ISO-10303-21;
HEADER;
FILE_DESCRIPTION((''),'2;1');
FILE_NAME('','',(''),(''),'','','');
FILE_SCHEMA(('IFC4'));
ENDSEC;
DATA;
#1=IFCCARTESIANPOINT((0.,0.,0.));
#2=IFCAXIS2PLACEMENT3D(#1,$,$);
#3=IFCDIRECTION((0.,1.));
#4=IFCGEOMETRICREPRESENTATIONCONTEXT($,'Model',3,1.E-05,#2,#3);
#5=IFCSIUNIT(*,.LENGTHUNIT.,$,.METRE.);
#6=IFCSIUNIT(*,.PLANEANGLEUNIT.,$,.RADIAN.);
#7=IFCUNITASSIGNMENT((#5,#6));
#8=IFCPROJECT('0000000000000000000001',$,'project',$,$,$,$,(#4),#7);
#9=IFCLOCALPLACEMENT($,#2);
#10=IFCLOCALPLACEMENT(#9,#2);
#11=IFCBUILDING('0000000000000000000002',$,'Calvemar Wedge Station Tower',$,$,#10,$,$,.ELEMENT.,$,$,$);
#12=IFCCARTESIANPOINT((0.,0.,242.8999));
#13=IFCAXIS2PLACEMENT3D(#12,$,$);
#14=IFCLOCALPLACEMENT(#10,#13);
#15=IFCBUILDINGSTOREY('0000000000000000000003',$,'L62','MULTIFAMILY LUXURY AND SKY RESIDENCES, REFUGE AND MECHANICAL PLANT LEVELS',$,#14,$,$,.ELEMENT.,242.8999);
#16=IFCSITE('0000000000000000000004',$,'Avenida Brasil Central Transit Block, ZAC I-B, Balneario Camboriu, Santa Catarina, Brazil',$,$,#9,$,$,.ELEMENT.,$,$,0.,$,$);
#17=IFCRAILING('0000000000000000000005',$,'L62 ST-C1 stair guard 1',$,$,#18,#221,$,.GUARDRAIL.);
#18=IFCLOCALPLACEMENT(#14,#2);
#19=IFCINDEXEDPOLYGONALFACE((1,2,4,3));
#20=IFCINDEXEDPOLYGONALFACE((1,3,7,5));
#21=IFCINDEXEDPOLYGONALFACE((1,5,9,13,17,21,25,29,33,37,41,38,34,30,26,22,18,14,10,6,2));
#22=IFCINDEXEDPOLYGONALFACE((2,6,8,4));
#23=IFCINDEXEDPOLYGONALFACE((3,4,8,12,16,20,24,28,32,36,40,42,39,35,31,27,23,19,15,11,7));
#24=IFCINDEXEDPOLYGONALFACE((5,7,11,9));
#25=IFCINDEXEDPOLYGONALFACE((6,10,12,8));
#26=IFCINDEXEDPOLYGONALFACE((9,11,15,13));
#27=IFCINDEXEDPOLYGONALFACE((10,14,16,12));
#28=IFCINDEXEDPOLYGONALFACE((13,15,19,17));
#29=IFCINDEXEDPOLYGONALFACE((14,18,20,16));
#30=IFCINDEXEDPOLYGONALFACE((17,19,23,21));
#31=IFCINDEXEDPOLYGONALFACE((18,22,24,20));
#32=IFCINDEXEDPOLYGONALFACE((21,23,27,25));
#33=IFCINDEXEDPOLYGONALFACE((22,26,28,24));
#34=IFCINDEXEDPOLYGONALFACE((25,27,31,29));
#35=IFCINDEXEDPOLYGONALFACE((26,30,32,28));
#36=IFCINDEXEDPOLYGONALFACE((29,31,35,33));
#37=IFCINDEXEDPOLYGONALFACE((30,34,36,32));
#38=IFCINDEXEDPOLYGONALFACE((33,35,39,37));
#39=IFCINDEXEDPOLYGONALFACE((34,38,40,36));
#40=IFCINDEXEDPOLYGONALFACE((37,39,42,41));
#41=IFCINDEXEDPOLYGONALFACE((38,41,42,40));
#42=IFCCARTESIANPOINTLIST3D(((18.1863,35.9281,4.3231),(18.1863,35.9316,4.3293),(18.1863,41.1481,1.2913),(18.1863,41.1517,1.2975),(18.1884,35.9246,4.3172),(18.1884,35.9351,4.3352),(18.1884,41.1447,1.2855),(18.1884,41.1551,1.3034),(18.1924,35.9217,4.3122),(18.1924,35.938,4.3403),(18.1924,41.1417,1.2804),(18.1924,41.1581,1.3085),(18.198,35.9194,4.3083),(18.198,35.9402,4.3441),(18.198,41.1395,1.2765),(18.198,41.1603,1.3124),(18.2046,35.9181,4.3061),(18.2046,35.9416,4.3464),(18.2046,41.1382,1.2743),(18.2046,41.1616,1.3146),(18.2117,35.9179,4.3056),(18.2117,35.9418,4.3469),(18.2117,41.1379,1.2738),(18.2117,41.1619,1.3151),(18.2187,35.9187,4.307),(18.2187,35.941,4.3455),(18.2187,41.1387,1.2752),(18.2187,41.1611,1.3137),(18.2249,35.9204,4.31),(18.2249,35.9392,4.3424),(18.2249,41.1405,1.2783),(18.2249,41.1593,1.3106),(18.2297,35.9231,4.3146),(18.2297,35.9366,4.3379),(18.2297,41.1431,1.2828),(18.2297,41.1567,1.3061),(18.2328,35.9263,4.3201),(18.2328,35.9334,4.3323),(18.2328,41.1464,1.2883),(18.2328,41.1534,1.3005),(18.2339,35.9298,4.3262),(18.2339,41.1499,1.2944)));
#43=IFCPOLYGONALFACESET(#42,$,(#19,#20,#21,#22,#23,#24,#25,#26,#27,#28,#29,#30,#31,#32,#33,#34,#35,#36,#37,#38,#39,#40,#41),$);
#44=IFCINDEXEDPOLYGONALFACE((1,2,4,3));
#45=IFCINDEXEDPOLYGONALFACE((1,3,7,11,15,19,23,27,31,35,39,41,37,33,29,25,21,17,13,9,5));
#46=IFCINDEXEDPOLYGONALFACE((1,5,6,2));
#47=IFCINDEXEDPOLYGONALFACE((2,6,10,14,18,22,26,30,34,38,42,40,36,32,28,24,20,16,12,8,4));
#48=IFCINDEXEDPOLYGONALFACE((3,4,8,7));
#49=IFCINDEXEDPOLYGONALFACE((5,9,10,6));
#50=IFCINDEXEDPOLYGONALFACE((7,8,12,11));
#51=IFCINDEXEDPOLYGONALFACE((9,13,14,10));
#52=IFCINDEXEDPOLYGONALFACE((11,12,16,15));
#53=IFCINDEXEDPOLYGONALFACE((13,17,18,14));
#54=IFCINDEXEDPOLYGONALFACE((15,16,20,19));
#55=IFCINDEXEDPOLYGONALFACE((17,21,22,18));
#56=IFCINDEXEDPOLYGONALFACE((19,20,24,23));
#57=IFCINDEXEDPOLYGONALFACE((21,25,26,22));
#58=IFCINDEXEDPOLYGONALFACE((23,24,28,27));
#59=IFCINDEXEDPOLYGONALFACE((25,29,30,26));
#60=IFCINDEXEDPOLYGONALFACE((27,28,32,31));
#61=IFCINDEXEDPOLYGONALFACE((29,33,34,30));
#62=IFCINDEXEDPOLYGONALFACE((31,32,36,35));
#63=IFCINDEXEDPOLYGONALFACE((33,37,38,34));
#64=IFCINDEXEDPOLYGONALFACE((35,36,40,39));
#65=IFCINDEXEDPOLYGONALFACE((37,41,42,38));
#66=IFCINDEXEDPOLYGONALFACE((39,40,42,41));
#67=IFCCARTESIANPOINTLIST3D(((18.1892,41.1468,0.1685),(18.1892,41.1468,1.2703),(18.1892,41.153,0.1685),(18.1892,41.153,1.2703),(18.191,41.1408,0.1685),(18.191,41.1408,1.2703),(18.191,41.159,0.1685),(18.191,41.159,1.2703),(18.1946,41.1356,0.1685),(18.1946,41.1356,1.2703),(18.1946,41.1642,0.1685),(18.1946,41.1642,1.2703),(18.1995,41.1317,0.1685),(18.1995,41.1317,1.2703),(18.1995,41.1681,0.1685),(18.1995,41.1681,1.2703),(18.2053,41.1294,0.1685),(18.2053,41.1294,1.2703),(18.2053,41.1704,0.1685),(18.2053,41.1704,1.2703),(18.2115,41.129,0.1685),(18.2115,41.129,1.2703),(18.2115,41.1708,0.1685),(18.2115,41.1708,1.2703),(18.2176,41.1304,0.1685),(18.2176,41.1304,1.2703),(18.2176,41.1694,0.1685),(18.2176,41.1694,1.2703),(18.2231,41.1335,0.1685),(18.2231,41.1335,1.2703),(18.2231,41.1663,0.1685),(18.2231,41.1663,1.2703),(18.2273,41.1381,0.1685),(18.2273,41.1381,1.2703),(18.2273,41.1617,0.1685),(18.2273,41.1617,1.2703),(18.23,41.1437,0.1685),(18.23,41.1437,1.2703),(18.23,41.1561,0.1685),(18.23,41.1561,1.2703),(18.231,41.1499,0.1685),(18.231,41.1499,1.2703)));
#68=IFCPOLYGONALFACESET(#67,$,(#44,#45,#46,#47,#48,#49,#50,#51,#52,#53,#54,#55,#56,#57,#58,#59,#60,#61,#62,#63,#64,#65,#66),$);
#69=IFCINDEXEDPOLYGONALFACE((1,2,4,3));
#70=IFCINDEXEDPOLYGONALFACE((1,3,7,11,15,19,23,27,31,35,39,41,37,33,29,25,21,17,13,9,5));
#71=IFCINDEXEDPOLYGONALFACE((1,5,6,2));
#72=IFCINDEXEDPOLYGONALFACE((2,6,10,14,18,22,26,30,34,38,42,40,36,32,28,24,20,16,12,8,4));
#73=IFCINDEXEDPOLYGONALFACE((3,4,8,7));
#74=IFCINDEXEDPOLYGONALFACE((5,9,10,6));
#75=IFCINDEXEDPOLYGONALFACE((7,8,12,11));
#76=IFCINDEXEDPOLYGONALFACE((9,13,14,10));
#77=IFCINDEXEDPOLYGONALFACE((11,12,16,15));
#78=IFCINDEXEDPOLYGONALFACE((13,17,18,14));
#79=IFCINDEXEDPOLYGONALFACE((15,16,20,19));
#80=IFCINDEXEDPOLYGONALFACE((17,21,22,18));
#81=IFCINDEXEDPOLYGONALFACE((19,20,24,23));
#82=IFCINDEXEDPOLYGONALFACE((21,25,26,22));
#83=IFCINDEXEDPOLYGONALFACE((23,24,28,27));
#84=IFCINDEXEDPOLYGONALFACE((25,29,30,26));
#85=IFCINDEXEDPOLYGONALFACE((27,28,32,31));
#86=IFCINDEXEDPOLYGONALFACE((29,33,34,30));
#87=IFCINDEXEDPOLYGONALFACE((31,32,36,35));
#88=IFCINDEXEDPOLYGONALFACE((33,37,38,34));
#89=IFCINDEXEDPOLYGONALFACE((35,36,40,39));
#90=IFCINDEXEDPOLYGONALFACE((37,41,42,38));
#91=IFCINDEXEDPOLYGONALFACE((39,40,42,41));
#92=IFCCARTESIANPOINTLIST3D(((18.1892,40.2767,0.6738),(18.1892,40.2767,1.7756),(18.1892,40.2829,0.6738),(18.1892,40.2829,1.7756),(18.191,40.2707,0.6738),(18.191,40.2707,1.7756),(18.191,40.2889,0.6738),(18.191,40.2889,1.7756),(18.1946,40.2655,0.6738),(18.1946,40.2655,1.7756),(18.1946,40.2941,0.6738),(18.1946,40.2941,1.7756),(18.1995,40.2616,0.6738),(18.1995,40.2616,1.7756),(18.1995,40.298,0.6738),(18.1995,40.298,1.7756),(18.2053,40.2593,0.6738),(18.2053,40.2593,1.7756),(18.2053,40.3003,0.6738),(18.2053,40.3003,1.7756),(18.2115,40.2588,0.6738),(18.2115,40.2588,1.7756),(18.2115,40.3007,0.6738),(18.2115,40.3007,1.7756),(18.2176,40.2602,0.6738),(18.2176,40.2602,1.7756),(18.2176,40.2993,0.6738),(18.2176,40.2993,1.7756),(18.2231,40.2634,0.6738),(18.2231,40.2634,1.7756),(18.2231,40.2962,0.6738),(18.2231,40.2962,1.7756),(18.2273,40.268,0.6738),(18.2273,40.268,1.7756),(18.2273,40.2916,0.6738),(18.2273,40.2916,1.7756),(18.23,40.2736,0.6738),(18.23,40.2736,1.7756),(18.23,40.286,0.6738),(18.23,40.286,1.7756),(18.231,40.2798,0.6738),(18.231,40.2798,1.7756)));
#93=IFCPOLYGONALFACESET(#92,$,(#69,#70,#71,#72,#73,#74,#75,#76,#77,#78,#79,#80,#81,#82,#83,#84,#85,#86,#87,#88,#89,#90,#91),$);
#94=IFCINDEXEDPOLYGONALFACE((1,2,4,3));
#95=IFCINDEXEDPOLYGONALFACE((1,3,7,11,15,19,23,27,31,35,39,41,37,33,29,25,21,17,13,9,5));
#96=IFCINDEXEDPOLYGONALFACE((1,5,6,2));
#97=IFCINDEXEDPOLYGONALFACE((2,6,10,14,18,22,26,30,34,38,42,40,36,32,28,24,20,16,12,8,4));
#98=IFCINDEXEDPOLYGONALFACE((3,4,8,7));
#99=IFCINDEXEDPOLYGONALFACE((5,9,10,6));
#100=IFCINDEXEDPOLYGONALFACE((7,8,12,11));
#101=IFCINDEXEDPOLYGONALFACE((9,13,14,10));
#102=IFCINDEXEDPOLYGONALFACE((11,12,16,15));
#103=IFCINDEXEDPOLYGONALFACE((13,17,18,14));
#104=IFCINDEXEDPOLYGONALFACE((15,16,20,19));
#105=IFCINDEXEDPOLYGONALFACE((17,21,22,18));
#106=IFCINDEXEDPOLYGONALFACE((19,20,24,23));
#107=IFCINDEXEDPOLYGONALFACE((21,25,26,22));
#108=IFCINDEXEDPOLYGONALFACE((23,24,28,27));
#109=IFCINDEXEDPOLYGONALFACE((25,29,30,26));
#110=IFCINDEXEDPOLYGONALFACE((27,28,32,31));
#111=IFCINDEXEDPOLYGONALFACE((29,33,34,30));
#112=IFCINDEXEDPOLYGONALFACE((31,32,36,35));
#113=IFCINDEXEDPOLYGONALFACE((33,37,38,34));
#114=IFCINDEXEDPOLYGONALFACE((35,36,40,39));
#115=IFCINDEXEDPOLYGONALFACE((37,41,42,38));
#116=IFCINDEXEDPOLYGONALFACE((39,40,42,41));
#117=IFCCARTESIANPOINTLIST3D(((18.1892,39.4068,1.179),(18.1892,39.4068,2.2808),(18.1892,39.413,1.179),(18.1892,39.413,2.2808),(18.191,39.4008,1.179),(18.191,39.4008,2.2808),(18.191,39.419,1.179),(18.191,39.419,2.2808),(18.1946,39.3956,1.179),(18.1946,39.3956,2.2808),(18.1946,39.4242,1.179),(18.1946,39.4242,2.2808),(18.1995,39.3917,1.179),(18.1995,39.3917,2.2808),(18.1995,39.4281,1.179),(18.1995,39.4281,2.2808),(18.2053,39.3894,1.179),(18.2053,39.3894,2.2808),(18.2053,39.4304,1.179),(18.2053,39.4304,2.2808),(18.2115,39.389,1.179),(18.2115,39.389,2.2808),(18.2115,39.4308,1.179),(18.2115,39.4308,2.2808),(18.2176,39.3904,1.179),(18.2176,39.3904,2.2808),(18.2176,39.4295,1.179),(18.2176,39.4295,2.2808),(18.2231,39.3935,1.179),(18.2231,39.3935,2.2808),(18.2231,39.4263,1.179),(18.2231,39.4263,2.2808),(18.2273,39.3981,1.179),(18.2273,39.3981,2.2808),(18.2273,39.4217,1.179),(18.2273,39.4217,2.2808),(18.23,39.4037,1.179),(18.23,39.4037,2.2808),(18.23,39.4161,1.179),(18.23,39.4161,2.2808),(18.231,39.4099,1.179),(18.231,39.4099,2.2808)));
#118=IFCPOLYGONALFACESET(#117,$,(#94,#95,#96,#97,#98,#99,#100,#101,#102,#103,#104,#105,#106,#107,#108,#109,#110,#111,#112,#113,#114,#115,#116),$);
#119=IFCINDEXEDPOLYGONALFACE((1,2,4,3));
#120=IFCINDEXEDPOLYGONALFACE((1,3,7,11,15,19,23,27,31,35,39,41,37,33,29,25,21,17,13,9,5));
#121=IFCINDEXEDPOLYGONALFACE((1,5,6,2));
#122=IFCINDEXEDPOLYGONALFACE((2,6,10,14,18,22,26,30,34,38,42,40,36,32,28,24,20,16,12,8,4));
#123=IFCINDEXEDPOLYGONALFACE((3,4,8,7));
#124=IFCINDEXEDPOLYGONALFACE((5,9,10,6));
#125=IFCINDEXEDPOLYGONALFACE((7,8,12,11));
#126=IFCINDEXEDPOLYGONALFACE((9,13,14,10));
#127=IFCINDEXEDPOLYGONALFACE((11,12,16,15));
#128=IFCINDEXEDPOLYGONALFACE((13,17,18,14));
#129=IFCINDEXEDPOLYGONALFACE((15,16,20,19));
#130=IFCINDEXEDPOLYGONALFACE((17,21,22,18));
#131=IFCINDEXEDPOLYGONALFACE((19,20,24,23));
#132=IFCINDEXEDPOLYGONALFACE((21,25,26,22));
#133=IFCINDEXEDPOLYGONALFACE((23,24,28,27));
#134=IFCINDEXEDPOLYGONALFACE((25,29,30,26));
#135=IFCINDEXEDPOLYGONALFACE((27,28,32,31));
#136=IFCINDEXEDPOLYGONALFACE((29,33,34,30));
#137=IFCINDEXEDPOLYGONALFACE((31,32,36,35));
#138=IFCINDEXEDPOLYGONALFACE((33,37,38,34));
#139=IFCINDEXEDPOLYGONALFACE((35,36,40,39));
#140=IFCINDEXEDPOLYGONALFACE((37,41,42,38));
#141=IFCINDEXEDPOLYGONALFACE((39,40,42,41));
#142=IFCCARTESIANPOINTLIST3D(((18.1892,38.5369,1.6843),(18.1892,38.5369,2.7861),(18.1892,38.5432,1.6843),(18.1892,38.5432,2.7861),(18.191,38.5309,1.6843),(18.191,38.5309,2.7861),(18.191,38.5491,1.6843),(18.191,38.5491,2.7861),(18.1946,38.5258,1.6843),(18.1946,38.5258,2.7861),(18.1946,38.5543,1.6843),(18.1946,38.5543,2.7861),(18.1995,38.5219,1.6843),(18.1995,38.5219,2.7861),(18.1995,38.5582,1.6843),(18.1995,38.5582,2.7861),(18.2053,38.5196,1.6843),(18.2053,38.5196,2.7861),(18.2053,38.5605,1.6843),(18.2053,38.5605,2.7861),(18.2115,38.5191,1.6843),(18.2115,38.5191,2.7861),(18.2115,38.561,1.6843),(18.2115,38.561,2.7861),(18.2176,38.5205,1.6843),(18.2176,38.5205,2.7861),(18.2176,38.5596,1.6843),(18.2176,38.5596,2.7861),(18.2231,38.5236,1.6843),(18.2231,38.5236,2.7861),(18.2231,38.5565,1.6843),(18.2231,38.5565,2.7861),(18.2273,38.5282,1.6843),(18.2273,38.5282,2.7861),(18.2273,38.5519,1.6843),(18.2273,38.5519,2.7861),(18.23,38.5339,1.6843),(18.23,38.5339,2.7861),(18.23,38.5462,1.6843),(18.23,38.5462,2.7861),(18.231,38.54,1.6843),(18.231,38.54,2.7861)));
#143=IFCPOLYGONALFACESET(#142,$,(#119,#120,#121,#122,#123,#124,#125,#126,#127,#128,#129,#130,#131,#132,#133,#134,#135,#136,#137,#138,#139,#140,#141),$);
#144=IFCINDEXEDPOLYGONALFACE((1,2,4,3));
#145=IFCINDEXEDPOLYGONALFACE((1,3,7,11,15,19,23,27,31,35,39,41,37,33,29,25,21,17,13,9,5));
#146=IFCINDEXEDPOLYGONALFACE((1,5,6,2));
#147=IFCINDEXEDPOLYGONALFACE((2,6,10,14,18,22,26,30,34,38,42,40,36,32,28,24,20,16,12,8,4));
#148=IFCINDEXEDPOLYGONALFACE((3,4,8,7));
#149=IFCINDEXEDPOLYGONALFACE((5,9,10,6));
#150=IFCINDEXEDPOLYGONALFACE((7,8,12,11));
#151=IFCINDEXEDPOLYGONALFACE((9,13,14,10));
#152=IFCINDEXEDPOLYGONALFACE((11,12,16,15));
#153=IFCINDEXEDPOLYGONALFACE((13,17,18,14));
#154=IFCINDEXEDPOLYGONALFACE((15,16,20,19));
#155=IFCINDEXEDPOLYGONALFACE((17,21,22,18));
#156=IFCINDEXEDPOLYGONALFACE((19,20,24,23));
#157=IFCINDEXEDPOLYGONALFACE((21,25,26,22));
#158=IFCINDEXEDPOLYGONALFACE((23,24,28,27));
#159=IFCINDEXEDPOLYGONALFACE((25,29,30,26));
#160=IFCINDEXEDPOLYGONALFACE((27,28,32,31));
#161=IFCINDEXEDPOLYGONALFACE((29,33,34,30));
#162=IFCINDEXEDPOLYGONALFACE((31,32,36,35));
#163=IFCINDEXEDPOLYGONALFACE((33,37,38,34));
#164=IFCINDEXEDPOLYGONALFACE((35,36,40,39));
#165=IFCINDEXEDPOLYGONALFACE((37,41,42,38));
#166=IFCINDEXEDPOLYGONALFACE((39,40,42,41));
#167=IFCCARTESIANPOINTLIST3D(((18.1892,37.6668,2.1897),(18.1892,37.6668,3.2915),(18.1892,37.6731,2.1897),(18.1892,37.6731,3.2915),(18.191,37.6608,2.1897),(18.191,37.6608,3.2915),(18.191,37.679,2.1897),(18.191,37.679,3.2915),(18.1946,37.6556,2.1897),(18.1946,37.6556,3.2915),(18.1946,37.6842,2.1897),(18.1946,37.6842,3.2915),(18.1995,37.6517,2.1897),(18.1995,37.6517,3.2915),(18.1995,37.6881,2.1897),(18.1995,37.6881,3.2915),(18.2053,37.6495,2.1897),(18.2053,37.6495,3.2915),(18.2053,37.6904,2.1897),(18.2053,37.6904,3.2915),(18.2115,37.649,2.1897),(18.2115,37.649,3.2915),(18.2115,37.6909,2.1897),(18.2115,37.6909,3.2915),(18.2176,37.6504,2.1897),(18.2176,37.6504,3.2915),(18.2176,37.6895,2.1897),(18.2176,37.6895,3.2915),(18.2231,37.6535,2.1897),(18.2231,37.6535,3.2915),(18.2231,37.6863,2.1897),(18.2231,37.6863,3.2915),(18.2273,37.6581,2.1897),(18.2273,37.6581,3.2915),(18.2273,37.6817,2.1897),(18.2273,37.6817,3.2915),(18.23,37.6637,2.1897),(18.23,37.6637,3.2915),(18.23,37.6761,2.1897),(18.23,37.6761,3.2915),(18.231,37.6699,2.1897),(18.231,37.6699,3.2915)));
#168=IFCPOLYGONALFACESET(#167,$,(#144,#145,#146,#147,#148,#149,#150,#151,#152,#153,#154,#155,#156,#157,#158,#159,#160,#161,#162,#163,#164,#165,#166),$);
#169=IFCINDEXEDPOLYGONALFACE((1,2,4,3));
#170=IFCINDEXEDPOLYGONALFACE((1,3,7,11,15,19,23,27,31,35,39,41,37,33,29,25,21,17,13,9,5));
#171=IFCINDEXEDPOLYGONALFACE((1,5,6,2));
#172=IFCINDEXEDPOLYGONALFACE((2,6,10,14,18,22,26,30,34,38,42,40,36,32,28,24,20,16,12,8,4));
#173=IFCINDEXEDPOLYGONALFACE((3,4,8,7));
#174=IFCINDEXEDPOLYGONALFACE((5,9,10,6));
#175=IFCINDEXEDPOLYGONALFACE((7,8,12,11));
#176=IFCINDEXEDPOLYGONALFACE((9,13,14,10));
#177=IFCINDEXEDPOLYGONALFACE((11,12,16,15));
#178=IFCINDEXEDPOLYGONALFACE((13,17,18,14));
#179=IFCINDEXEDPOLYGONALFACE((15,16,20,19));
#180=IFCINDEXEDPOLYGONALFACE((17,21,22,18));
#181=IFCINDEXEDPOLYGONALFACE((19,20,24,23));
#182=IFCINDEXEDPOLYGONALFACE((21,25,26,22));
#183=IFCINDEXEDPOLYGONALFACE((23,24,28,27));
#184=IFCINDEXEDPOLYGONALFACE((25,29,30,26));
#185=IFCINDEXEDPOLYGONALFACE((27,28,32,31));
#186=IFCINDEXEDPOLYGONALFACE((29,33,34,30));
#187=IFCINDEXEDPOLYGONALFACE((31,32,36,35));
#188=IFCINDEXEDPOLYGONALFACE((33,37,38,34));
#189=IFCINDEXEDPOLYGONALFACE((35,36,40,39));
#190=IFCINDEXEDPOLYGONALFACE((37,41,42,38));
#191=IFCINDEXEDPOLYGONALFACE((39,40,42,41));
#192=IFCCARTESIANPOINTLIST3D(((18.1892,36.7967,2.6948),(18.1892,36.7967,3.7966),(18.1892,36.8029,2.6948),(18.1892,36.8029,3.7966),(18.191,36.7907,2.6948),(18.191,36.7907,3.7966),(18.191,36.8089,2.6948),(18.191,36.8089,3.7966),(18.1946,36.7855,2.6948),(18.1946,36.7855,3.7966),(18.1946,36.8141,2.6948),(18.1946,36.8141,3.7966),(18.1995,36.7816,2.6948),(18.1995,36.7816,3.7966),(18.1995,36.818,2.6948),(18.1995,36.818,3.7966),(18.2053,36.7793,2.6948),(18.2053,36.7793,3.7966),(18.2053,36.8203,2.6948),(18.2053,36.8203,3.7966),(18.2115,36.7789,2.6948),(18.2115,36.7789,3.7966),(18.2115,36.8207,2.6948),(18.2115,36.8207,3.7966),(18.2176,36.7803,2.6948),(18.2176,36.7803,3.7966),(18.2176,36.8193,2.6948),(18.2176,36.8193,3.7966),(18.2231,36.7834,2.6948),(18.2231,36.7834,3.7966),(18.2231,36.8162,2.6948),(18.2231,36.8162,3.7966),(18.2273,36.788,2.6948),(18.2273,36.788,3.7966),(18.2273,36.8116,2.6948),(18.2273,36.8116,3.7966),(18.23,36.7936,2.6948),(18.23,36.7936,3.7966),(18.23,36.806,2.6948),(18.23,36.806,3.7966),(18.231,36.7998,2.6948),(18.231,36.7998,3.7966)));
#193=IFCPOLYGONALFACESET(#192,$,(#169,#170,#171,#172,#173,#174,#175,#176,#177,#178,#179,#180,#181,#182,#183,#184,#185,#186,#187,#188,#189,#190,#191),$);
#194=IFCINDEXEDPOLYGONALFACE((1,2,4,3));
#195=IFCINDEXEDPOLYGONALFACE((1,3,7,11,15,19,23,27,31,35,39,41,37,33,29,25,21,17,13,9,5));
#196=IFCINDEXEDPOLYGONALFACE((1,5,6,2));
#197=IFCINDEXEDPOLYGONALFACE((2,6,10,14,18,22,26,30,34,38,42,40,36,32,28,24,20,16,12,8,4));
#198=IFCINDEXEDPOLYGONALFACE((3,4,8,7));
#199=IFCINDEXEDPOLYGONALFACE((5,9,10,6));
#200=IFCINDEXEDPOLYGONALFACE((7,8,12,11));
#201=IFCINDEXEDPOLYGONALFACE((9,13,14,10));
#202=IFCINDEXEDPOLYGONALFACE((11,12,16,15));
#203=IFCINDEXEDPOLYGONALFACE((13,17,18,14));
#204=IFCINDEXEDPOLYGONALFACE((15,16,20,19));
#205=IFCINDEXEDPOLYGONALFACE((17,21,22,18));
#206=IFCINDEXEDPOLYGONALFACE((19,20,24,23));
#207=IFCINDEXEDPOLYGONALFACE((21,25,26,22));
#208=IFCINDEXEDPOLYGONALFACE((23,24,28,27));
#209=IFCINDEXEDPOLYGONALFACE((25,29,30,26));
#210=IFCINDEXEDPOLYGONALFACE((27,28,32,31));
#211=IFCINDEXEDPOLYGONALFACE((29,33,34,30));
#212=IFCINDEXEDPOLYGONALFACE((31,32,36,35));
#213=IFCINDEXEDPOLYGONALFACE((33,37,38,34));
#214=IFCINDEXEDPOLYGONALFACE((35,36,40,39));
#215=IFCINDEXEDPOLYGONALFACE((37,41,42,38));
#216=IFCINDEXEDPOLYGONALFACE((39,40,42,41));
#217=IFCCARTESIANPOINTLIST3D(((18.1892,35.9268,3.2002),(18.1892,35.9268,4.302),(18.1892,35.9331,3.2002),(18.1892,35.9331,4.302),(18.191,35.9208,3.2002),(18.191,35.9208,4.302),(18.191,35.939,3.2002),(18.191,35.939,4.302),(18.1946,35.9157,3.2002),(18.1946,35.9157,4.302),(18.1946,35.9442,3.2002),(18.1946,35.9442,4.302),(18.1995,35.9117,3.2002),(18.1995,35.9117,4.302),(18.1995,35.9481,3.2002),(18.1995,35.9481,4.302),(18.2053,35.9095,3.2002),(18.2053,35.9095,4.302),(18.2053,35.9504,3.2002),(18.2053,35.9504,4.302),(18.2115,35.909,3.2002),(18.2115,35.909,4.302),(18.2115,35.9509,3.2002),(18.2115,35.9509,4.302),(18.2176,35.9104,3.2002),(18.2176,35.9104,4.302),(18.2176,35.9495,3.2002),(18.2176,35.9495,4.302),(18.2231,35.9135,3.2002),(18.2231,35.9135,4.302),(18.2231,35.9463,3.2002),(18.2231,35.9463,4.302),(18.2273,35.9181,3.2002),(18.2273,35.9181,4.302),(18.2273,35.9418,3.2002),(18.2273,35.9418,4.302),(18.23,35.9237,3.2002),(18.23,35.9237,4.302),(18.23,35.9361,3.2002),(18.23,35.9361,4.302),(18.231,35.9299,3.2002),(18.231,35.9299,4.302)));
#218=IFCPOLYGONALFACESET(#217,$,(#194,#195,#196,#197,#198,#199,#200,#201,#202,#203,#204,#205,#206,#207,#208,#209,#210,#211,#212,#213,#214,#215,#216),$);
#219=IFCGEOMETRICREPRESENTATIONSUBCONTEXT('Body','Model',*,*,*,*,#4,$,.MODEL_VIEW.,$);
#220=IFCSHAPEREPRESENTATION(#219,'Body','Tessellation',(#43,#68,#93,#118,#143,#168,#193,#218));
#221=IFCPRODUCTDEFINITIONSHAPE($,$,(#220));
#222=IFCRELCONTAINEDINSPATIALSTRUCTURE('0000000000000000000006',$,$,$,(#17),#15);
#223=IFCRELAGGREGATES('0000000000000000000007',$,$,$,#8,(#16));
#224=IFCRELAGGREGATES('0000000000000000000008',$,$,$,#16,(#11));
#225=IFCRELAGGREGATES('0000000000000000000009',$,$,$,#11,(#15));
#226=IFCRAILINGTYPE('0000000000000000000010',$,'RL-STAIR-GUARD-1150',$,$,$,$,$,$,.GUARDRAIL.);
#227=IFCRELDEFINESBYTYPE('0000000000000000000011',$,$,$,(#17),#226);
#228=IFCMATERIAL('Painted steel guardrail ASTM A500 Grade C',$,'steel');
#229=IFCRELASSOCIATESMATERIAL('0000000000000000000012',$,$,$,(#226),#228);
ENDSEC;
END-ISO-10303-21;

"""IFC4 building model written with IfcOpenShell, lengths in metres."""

from ifc_helpers import new_model, si_unit, direction, frame, origin, origin_2d, place, context, subcontext, project, spatial, circle, extrude, material, type_object, element, save


model = new_model("IFC4")

# Units and contexts
model_context = context("Model", 3, precision=1e-05, world=origin(), true_north=direction((0.0, 1.0)))
body_context = subcontext(model_context, "Body", "Model", "MODEL_VIEW")
ifc_project = project(units=[si_unit("LENGTHUNIT", "METRE"), si_unit("PLANEANGLEUNIT", "RADIAN")], contexts=[model_context])

# Site, building, storey
site_placement = place(None, origin())
site = spatial("IfcSite", under=ifc_project, at=site_placement, Name="Avenida Brasil Central Transit Block, ZAC I-B, Balneario Camboriu, Santa Catarina, Brazil", CompositionType="ELEMENT", RefElevation=0.0)
building_placement = place(site_placement, origin())
building = spatial("IfcBuilding", under=site, at=building_placement, Name="Calvemar Wedge Station Tower", CompositionType="ELEMENT")
storey_placement = place(building_placement, frame((0.0, 0.0, 242.8999)))
storey = spatial("IfcBuildingStorey", under=building, at=storey_placement, Name="L62", Description="MULTIFAMILY LUXURY AND SKY RESIDENCES, REFUGE AND MECHANICAL PLANT LEVELS", CompositionType="ELEMENT", Elevation=242.8999)

# Railing
ifc_material_1 = material(Name="Painted steel guardrail ASTM A500 Grade C", Category="steel")
railing_type_1 = type_object("IfcRailingType", Name="RL-STAIR-GUARD-1150", PredefinedType="GUARDRAIL", material=ifc_material_1)
railing_1_placement = place(storey_placement, frame((18.21, 41.1499, 0.1685)))
element("IfcRailing", 1, at=railing_1_placement, inside=storey, type_object=railing_type_1, Name="L62 ST-C1 stair guard 1", PredefinedType="GUARDRAIL", context=body_context, shape_type="SweptSolid", body=[
    extrude(circle(Radius=0.0239, at=origin_2d()), frame((0.0, 0.0, 1.126), z_axis=(0.0, -0.864732, 0.502233), x_axis=(1.0, 0.0, 0.0)), (0.0, 0.0, 1.0), 6.0366),
    extrude(circle(Radius=0.021, at=origin_2d()), origin(), (0.0, 0.0, 1.0), 1.1018),
    extrude(circle(Radius=0.021, at=origin_2d()), frame((0.0, -0.8701, 0.5054)), (0.0, 0.0, 1.0), 1.1018),
    extrude(circle(Radius=0.021, at=origin_2d()), frame((0.0, -1.74, 1.0105)), (0.0, 0.0, 1.0), 1.1018),
    extrude(circle(Radius=0.021, at=origin_2d()), frame((0.0, -2.6099, 1.5159)), (0.0, 0.0, 1.0), 1.1018),
    extrude(circle(Radius=0.021, at=origin_2d()), frame((0.0, -3.48, 2.0212)), (0.0, 0.0, 1.0), 1.1018),
    extrude(circle(Radius=0.021, at=origin_2d()), frame((0.0, -4.3501, 2.5264)), (0.0, 0.0, 1.0), 1.1018),
    extrude(circle(Radius=0.021, at=origin_2d()), frame((0.0, -5.22, 3.0317)), (0.0, 0.0, 1.0), 1.1018),
])

save(model, "model.ifc")
